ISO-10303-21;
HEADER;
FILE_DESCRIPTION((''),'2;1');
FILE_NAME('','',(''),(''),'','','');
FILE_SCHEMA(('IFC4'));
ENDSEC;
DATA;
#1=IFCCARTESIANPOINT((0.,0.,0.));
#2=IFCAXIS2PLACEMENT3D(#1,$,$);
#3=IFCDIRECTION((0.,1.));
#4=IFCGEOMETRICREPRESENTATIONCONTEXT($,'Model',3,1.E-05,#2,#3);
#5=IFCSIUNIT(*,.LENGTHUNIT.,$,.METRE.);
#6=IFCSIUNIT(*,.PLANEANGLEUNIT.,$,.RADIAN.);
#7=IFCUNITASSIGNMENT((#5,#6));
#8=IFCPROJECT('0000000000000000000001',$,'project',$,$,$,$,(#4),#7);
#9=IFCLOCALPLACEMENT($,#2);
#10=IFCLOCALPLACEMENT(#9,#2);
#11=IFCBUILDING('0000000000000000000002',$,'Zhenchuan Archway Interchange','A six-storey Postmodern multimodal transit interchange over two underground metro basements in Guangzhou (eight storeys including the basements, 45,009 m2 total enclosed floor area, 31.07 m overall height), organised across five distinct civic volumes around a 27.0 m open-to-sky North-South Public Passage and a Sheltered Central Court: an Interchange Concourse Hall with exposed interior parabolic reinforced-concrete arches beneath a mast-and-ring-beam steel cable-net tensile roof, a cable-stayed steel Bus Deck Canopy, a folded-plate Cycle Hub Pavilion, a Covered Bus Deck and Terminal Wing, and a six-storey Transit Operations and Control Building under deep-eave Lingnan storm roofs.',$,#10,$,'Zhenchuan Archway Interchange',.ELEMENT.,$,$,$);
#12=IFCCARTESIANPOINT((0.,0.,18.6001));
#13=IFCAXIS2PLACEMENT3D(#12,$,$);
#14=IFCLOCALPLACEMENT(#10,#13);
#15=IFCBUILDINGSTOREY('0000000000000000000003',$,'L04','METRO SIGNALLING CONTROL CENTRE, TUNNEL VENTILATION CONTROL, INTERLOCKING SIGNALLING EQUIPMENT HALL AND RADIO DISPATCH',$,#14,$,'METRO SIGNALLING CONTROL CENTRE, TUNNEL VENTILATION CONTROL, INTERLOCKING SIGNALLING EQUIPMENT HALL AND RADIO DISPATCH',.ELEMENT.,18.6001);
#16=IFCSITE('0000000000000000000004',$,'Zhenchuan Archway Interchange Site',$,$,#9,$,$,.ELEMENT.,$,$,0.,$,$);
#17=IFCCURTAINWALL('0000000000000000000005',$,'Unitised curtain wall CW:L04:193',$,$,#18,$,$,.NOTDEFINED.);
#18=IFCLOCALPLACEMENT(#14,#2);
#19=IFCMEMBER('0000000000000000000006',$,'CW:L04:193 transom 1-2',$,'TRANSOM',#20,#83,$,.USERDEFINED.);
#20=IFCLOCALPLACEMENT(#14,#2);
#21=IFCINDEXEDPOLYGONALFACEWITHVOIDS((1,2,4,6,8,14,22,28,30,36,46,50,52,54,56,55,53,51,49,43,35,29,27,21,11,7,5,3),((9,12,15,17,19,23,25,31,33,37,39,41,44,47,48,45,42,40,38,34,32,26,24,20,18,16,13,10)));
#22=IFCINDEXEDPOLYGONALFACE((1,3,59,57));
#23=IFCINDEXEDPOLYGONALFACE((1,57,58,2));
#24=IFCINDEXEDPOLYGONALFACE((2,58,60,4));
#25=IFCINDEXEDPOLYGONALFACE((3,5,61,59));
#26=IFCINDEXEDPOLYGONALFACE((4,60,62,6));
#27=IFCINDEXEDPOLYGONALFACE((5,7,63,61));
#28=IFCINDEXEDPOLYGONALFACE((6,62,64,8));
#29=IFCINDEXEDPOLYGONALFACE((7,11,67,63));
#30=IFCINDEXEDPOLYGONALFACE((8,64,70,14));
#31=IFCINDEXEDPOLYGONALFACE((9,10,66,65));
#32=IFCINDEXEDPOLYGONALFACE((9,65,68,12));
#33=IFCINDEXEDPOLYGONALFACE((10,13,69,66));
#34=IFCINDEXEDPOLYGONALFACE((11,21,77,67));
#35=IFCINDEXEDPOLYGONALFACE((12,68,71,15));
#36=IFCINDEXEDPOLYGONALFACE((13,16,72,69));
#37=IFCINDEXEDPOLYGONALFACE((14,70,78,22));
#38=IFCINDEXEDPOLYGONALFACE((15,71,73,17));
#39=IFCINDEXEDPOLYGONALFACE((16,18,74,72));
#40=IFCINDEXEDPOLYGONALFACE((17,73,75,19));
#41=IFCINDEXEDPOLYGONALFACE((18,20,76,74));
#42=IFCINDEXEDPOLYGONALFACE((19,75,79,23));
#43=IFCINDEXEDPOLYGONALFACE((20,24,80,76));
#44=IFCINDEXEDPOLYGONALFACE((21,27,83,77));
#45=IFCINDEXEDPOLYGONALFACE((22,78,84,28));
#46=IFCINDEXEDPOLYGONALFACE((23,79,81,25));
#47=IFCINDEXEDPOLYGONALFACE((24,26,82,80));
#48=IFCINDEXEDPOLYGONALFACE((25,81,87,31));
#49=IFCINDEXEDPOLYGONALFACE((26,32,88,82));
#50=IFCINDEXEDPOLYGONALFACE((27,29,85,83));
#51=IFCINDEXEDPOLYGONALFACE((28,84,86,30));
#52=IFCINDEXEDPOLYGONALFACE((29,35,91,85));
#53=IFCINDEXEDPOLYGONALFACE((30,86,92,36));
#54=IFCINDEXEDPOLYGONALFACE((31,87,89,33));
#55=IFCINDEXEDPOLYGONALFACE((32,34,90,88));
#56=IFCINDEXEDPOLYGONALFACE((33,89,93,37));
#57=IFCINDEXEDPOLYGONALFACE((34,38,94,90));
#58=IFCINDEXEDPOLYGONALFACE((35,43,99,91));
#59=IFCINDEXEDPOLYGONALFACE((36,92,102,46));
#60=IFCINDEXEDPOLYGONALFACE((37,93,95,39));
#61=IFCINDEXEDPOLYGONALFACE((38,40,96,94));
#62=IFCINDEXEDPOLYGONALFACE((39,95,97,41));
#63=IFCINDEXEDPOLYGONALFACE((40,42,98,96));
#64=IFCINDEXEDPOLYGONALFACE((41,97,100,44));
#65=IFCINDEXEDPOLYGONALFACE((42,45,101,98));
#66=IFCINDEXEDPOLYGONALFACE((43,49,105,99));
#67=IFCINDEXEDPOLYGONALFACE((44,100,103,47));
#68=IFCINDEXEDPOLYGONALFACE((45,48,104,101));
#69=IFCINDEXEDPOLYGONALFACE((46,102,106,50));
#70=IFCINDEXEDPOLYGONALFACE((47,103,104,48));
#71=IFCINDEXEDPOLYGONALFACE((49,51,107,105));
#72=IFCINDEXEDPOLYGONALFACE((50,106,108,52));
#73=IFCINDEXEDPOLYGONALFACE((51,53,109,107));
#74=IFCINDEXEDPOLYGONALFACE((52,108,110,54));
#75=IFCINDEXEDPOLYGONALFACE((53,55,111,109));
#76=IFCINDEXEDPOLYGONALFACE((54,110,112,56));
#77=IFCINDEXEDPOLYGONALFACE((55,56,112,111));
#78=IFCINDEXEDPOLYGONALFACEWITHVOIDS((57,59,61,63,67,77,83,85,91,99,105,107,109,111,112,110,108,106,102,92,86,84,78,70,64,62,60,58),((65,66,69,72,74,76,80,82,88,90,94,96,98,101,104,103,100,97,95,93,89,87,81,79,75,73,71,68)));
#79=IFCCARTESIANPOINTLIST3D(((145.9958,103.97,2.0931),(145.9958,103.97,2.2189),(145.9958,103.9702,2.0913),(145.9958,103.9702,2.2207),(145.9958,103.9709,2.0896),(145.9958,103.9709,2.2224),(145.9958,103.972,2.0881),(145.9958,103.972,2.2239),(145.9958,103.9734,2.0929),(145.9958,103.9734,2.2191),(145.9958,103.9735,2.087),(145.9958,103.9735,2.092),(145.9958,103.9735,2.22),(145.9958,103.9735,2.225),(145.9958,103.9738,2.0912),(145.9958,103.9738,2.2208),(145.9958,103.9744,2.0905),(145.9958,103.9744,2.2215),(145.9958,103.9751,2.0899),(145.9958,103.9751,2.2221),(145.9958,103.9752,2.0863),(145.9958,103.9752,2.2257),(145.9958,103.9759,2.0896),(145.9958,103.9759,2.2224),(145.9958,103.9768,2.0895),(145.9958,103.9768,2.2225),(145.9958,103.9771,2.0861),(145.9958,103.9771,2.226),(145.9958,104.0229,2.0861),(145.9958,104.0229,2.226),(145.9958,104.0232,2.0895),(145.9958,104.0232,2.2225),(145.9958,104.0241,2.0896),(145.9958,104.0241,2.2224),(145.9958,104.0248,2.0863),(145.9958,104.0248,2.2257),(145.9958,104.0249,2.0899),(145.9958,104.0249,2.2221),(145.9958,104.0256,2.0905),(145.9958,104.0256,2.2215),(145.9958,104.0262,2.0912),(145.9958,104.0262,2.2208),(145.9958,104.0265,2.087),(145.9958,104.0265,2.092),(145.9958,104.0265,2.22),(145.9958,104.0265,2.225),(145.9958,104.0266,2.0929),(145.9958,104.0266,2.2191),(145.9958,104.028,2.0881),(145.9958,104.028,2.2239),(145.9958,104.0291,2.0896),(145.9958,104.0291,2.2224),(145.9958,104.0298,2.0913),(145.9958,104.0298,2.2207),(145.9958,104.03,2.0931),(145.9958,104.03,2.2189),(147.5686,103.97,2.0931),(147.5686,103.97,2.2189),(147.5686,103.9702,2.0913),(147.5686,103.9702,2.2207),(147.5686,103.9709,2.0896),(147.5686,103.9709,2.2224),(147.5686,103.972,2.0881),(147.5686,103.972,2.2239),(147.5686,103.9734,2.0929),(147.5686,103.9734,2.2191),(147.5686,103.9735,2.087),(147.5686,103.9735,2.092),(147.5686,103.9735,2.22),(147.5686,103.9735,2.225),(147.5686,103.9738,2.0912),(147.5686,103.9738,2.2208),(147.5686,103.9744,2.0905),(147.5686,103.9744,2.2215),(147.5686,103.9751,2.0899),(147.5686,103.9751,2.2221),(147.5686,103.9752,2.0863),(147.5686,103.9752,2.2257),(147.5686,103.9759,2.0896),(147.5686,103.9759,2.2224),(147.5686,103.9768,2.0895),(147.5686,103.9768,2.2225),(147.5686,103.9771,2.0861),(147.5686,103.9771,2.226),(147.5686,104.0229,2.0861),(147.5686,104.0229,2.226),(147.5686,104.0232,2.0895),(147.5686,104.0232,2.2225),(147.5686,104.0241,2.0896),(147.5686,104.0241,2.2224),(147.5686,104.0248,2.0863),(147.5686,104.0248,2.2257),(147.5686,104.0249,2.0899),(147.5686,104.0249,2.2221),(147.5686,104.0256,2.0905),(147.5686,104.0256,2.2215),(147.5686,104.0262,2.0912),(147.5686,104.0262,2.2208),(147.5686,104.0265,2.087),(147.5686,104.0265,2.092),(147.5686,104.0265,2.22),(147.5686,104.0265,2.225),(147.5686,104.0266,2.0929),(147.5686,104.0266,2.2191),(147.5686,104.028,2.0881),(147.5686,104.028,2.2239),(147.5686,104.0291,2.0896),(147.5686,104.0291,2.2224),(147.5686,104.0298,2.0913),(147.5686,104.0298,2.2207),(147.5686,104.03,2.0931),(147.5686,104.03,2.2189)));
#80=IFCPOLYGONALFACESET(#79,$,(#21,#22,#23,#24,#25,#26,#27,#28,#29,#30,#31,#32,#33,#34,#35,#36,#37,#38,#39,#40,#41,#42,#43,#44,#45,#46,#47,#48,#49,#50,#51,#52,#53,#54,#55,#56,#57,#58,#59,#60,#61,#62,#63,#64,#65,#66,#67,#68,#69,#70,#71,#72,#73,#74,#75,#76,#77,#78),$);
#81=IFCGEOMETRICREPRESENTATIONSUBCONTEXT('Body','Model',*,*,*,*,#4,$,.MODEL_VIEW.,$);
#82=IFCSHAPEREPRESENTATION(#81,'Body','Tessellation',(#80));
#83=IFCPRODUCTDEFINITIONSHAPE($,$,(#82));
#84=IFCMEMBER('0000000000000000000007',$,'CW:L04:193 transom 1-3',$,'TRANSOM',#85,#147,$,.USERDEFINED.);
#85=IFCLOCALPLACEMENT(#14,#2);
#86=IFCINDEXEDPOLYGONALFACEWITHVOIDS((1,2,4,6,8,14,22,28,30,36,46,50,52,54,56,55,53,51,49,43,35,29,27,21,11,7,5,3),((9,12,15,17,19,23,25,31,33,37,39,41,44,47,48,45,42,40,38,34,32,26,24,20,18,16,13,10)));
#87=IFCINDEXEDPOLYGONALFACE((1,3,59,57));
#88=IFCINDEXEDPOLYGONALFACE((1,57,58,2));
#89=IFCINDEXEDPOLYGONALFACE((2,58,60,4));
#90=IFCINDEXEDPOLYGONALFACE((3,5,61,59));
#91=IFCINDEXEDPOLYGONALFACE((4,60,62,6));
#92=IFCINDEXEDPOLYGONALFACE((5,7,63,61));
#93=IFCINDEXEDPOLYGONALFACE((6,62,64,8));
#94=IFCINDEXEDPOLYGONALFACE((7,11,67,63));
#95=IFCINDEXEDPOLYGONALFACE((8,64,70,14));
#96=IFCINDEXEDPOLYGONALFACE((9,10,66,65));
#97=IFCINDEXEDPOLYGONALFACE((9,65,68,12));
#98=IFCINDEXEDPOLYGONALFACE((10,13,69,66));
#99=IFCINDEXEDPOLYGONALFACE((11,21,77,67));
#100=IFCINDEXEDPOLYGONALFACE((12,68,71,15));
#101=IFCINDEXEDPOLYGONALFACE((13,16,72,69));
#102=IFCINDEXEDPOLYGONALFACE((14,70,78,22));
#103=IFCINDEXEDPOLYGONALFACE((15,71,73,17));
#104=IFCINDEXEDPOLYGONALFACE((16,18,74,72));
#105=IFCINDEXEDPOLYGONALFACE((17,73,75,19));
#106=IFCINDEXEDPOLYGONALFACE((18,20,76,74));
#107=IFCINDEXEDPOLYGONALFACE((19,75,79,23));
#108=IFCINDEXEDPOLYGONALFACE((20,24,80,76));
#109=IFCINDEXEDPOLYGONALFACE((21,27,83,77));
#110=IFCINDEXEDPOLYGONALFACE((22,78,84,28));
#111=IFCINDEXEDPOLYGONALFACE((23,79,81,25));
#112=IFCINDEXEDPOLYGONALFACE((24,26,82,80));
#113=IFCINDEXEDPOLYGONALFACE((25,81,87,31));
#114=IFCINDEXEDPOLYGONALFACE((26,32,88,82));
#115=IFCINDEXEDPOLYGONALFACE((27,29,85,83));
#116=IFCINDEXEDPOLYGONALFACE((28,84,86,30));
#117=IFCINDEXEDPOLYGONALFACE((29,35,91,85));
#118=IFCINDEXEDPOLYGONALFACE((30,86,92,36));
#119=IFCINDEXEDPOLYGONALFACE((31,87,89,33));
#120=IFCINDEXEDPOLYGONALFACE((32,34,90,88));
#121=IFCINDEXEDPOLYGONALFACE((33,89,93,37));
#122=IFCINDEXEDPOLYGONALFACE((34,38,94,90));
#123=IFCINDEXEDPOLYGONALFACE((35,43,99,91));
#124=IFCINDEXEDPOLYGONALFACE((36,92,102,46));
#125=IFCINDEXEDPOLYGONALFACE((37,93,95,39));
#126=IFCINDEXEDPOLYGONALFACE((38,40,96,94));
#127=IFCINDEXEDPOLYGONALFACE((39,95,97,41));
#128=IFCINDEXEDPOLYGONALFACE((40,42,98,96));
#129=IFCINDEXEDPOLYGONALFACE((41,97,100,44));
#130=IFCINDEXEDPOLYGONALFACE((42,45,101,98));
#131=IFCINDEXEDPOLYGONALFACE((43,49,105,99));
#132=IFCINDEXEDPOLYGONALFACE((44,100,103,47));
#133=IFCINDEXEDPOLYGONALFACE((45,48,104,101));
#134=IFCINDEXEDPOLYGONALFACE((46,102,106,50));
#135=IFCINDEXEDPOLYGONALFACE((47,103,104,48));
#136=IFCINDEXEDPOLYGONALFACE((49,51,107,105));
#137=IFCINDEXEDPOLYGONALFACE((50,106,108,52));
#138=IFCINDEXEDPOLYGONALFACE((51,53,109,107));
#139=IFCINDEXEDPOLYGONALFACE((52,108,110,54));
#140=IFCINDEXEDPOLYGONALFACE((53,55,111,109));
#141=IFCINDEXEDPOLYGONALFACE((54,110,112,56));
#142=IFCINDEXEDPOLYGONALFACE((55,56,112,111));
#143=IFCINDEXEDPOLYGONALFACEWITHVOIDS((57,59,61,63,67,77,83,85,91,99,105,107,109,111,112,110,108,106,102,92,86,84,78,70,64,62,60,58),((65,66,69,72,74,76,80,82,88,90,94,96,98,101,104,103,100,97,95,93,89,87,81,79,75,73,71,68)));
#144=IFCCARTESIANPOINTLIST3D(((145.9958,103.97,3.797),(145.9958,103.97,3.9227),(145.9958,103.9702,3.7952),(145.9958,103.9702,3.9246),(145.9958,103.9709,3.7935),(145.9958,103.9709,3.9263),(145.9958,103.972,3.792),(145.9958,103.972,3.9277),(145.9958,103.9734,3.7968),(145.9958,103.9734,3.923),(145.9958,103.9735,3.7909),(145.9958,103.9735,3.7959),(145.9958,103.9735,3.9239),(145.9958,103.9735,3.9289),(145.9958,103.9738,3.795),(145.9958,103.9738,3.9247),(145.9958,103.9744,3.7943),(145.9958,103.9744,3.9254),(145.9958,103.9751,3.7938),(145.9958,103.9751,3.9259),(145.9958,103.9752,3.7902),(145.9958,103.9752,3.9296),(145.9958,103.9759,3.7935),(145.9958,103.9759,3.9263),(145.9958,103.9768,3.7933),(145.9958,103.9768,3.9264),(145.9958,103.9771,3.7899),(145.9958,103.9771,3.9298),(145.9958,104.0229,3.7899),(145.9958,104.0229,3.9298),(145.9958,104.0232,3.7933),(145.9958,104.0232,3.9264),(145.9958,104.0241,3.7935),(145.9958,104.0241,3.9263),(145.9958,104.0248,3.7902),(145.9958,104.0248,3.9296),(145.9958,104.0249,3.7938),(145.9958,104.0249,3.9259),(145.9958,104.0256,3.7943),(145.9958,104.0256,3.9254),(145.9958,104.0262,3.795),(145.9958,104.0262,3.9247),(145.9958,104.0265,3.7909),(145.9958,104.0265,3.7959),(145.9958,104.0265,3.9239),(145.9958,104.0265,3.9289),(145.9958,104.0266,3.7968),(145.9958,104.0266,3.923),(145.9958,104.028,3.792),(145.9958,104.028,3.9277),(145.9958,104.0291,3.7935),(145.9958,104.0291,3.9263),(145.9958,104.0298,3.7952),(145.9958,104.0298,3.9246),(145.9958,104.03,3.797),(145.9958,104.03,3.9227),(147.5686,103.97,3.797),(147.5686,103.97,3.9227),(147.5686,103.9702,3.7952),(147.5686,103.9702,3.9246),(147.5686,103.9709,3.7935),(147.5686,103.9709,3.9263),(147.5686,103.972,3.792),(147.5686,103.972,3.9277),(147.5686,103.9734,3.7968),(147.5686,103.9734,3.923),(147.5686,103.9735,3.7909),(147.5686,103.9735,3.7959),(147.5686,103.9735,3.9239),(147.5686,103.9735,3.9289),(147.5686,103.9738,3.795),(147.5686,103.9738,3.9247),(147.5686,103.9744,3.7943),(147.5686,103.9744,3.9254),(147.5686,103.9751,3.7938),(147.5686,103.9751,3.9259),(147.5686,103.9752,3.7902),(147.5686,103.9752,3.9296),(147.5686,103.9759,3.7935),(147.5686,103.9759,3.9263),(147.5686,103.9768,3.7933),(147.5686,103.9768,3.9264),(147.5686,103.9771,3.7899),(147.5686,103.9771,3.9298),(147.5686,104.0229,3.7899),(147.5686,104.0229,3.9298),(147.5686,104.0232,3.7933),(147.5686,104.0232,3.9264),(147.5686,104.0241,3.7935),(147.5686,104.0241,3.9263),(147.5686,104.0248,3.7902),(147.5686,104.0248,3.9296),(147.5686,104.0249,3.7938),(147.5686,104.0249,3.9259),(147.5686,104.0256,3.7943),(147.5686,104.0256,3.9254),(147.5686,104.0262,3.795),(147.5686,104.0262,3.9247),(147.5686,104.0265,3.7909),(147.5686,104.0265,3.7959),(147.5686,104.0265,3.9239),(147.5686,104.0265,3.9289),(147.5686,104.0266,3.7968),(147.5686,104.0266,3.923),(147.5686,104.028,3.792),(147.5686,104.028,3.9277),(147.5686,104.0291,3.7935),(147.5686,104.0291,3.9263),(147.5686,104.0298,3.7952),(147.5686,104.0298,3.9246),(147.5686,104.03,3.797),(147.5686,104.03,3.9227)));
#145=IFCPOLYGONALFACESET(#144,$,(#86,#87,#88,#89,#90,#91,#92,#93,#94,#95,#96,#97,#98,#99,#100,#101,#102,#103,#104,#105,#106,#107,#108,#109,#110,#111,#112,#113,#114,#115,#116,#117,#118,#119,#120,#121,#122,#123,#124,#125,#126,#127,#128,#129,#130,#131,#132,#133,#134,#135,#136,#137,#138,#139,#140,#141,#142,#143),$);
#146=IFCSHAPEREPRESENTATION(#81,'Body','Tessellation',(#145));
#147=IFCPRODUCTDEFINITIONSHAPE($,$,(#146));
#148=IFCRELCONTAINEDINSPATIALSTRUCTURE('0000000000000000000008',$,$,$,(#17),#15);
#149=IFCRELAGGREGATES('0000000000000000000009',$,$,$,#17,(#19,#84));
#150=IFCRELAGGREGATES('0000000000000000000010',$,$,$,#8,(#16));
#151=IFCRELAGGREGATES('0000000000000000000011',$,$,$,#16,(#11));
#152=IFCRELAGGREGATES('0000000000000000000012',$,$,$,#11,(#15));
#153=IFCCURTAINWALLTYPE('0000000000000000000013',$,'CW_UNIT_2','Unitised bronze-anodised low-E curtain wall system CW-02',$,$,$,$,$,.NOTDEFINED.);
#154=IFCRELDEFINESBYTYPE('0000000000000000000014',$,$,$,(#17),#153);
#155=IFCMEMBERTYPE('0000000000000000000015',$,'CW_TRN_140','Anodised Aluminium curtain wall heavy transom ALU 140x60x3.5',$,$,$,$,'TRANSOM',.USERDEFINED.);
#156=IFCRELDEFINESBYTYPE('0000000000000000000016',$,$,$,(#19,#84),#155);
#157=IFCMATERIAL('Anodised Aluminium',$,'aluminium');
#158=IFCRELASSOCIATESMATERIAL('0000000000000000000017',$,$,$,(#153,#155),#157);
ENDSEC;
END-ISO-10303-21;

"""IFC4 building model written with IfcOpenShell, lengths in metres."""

from ifc_helpers import new_model, si_unit, direction, frame, origin, origin_2d, place, context, subcontext, project, spatial, hollow_rectangle, extrude, material, material_profile, profile_set, type_object, element, aggregate, save


model = new_model("IFC4")

# Units and contexts
model_context = context("Model", 3, precision=1e-05, world=origin(), true_north=direction((0.0, 1.0)))
body_context = subcontext(model_context, "Body", "Model", "MODEL_VIEW")
ifc_project = project(units=[si_unit("LENGTHUNIT", "METRE"), si_unit("PLANEANGLEUNIT", "RADIAN")], contexts=[model_context])

# Site, building, storey
site_placement = place(None, origin())
site = spatial("IfcSite", under=ifc_project, at=site_placement, Name="Zhenchuan Archway Interchange Site", CompositionType="ELEMENT", RefElevation=0.0)
building_placement = place(site_placement, origin())
building = spatial("IfcBuilding", under=site, at=building_placement, Name="Zhenchuan Archway Interchange", Description="A six-storey Postmodern multimodal transit interchange over two underground metro basements in Guangzhou (eight storeys including the basements, 45,009 m2 total enclosed floor area, 31.07 m overall height), organised across five distinct civic volumes around a 27.0 m open-to-sky North-South Public Passage and a Sheltered Central Court: an Interchange Concourse Hall with exposed interior parabolic reinforced-concrete arches beneath a mast-and-ring-beam steel cable-net tensile roof, a cable-stayed steel Bus Deck Canopy, a folded-plate Cycle Hub Pavilion, a Covered Bus Deck and Terminal Wing, and a six-storey Transit Operations and Control Building under deep-eave Lingnan storm roofs.", LongName="Zhenchuan Archway Interchange", CompositionType="ELEMENT")
storey_placement = place(building_placement, frame((0.0, 0.0, 18.6001)))
storey = spatial("IfcBuildingStorey", under=building, at=storey_placement, Name="L04", Description="METRO SIGNALLING CONTROL CENTRE, TUNNEL VENTILATION CONTROL, INTERLOCKING SIGNALLING EQUIPMENT HALL AND RADIO DISPATCH", LongName="METRO SIGNALLING CONTROL CENTRE, TUNNEL VENTILATION CONTROL, INTERLOCKING SIGNALLING EQUIPMENT HALL AND RADIO DISPATCH", CompositionType="ELEMENT", Elevation=18.6001)

# Curtain wall, members
ifc_material_1 = material(Name="Anodised Aluminium", Category="aluminium")
curtain_wall_type = type_object("IfcCurtainWallType", Name="CW_UNIT_2", Description="Unitised bronze-anodised low-E curtain wall system CW-02", PredefinedType="NOTDEFINED", material=ifc_material_1)
curtain_wall_placement = place(storey_placement, origin())
curtain_wall = element("IfcCurtainWall", 1, at=curtain_wall_placement, inside=storey, type_object=curtain_wall_type, Name="Unitised curtain wall CW:L04:193", PredefinedType="NOTDEFINED")
ifc_material_profile_1 = material_profile(ifc_material_1, hollow_rectangle(XDim=0.0601, YDim=0.1399, WallThickness=0.0034, InnerFilletRadius=0.0034, OuterFilletRadius=0.0071, at=origin_2d()), Name="ALU 140x60x3.5")
ifc_profile_set_1 = profile_set([ifc_material_profile_1], Name="Anodised Aluminium")
member_type_1 = type_object("IfcMemberType", Name="CW_TRN_140", Description="Anodised Aluminium curtain wall heavy transom ALU 140x60x3.5", ElementType="TRANSOM", PredefinedType="USERDEFINED", material=ifc_profile_set_1)
member_1_placement = place(storey_placement, frame((145.9958, 104.0, 2.156), z_axis=(1.0, 0.0, 0.0), x_axis=(0.0, 1.0, 0.0)))
member_1 = element("IfcMember", 2, at=member_1_placement, type_object=member_type_1, Name="CW:L04:193 transom 1-2", ObjectType="TRANSOM", PredefinedType="USERDEFINED", context=body_context, shape_type="SweptSolid", body=[
    extrude(hollow_rectangle(XDim=0.0601, YDim=0.1399, WallThickness=0.0034, InnerFilletRadius=0.0034, OuterFilletRadius=0.0071, at=origin_2d()), origin(), (0.0, 0.0, 1.0), 1.5728),
])
member_2_placement = place(storey_placement, frame((145.9958, 104.0, 3.8599), z_axis=(1.0, 0.0, 0.0), x_axis=(0.0, 1.0, 0.0)))
member_2 = element("IfcMember", 3, at=member_2_placement, type_object=member_type_1, Name="CW:L04:193 transom 1-3", ObjectType="TRANSOM", PredefinedType="USERDEFINED", context=body_context, shape_type="SweptSolid", body=[
    extrude(hollow_rectangle(XDim=0.0601, YDim=0.1399, WallThickness=0.0034, InnerFilletRadius=0.0034, OuterFilletRadius=0.0071, at=origin_2d()), origin(), (0.0, 0.0, 1.0), 1.5728),
])
aggregate(curtain_wall, [member_1, member_2])

save(model, "model.ifc")
